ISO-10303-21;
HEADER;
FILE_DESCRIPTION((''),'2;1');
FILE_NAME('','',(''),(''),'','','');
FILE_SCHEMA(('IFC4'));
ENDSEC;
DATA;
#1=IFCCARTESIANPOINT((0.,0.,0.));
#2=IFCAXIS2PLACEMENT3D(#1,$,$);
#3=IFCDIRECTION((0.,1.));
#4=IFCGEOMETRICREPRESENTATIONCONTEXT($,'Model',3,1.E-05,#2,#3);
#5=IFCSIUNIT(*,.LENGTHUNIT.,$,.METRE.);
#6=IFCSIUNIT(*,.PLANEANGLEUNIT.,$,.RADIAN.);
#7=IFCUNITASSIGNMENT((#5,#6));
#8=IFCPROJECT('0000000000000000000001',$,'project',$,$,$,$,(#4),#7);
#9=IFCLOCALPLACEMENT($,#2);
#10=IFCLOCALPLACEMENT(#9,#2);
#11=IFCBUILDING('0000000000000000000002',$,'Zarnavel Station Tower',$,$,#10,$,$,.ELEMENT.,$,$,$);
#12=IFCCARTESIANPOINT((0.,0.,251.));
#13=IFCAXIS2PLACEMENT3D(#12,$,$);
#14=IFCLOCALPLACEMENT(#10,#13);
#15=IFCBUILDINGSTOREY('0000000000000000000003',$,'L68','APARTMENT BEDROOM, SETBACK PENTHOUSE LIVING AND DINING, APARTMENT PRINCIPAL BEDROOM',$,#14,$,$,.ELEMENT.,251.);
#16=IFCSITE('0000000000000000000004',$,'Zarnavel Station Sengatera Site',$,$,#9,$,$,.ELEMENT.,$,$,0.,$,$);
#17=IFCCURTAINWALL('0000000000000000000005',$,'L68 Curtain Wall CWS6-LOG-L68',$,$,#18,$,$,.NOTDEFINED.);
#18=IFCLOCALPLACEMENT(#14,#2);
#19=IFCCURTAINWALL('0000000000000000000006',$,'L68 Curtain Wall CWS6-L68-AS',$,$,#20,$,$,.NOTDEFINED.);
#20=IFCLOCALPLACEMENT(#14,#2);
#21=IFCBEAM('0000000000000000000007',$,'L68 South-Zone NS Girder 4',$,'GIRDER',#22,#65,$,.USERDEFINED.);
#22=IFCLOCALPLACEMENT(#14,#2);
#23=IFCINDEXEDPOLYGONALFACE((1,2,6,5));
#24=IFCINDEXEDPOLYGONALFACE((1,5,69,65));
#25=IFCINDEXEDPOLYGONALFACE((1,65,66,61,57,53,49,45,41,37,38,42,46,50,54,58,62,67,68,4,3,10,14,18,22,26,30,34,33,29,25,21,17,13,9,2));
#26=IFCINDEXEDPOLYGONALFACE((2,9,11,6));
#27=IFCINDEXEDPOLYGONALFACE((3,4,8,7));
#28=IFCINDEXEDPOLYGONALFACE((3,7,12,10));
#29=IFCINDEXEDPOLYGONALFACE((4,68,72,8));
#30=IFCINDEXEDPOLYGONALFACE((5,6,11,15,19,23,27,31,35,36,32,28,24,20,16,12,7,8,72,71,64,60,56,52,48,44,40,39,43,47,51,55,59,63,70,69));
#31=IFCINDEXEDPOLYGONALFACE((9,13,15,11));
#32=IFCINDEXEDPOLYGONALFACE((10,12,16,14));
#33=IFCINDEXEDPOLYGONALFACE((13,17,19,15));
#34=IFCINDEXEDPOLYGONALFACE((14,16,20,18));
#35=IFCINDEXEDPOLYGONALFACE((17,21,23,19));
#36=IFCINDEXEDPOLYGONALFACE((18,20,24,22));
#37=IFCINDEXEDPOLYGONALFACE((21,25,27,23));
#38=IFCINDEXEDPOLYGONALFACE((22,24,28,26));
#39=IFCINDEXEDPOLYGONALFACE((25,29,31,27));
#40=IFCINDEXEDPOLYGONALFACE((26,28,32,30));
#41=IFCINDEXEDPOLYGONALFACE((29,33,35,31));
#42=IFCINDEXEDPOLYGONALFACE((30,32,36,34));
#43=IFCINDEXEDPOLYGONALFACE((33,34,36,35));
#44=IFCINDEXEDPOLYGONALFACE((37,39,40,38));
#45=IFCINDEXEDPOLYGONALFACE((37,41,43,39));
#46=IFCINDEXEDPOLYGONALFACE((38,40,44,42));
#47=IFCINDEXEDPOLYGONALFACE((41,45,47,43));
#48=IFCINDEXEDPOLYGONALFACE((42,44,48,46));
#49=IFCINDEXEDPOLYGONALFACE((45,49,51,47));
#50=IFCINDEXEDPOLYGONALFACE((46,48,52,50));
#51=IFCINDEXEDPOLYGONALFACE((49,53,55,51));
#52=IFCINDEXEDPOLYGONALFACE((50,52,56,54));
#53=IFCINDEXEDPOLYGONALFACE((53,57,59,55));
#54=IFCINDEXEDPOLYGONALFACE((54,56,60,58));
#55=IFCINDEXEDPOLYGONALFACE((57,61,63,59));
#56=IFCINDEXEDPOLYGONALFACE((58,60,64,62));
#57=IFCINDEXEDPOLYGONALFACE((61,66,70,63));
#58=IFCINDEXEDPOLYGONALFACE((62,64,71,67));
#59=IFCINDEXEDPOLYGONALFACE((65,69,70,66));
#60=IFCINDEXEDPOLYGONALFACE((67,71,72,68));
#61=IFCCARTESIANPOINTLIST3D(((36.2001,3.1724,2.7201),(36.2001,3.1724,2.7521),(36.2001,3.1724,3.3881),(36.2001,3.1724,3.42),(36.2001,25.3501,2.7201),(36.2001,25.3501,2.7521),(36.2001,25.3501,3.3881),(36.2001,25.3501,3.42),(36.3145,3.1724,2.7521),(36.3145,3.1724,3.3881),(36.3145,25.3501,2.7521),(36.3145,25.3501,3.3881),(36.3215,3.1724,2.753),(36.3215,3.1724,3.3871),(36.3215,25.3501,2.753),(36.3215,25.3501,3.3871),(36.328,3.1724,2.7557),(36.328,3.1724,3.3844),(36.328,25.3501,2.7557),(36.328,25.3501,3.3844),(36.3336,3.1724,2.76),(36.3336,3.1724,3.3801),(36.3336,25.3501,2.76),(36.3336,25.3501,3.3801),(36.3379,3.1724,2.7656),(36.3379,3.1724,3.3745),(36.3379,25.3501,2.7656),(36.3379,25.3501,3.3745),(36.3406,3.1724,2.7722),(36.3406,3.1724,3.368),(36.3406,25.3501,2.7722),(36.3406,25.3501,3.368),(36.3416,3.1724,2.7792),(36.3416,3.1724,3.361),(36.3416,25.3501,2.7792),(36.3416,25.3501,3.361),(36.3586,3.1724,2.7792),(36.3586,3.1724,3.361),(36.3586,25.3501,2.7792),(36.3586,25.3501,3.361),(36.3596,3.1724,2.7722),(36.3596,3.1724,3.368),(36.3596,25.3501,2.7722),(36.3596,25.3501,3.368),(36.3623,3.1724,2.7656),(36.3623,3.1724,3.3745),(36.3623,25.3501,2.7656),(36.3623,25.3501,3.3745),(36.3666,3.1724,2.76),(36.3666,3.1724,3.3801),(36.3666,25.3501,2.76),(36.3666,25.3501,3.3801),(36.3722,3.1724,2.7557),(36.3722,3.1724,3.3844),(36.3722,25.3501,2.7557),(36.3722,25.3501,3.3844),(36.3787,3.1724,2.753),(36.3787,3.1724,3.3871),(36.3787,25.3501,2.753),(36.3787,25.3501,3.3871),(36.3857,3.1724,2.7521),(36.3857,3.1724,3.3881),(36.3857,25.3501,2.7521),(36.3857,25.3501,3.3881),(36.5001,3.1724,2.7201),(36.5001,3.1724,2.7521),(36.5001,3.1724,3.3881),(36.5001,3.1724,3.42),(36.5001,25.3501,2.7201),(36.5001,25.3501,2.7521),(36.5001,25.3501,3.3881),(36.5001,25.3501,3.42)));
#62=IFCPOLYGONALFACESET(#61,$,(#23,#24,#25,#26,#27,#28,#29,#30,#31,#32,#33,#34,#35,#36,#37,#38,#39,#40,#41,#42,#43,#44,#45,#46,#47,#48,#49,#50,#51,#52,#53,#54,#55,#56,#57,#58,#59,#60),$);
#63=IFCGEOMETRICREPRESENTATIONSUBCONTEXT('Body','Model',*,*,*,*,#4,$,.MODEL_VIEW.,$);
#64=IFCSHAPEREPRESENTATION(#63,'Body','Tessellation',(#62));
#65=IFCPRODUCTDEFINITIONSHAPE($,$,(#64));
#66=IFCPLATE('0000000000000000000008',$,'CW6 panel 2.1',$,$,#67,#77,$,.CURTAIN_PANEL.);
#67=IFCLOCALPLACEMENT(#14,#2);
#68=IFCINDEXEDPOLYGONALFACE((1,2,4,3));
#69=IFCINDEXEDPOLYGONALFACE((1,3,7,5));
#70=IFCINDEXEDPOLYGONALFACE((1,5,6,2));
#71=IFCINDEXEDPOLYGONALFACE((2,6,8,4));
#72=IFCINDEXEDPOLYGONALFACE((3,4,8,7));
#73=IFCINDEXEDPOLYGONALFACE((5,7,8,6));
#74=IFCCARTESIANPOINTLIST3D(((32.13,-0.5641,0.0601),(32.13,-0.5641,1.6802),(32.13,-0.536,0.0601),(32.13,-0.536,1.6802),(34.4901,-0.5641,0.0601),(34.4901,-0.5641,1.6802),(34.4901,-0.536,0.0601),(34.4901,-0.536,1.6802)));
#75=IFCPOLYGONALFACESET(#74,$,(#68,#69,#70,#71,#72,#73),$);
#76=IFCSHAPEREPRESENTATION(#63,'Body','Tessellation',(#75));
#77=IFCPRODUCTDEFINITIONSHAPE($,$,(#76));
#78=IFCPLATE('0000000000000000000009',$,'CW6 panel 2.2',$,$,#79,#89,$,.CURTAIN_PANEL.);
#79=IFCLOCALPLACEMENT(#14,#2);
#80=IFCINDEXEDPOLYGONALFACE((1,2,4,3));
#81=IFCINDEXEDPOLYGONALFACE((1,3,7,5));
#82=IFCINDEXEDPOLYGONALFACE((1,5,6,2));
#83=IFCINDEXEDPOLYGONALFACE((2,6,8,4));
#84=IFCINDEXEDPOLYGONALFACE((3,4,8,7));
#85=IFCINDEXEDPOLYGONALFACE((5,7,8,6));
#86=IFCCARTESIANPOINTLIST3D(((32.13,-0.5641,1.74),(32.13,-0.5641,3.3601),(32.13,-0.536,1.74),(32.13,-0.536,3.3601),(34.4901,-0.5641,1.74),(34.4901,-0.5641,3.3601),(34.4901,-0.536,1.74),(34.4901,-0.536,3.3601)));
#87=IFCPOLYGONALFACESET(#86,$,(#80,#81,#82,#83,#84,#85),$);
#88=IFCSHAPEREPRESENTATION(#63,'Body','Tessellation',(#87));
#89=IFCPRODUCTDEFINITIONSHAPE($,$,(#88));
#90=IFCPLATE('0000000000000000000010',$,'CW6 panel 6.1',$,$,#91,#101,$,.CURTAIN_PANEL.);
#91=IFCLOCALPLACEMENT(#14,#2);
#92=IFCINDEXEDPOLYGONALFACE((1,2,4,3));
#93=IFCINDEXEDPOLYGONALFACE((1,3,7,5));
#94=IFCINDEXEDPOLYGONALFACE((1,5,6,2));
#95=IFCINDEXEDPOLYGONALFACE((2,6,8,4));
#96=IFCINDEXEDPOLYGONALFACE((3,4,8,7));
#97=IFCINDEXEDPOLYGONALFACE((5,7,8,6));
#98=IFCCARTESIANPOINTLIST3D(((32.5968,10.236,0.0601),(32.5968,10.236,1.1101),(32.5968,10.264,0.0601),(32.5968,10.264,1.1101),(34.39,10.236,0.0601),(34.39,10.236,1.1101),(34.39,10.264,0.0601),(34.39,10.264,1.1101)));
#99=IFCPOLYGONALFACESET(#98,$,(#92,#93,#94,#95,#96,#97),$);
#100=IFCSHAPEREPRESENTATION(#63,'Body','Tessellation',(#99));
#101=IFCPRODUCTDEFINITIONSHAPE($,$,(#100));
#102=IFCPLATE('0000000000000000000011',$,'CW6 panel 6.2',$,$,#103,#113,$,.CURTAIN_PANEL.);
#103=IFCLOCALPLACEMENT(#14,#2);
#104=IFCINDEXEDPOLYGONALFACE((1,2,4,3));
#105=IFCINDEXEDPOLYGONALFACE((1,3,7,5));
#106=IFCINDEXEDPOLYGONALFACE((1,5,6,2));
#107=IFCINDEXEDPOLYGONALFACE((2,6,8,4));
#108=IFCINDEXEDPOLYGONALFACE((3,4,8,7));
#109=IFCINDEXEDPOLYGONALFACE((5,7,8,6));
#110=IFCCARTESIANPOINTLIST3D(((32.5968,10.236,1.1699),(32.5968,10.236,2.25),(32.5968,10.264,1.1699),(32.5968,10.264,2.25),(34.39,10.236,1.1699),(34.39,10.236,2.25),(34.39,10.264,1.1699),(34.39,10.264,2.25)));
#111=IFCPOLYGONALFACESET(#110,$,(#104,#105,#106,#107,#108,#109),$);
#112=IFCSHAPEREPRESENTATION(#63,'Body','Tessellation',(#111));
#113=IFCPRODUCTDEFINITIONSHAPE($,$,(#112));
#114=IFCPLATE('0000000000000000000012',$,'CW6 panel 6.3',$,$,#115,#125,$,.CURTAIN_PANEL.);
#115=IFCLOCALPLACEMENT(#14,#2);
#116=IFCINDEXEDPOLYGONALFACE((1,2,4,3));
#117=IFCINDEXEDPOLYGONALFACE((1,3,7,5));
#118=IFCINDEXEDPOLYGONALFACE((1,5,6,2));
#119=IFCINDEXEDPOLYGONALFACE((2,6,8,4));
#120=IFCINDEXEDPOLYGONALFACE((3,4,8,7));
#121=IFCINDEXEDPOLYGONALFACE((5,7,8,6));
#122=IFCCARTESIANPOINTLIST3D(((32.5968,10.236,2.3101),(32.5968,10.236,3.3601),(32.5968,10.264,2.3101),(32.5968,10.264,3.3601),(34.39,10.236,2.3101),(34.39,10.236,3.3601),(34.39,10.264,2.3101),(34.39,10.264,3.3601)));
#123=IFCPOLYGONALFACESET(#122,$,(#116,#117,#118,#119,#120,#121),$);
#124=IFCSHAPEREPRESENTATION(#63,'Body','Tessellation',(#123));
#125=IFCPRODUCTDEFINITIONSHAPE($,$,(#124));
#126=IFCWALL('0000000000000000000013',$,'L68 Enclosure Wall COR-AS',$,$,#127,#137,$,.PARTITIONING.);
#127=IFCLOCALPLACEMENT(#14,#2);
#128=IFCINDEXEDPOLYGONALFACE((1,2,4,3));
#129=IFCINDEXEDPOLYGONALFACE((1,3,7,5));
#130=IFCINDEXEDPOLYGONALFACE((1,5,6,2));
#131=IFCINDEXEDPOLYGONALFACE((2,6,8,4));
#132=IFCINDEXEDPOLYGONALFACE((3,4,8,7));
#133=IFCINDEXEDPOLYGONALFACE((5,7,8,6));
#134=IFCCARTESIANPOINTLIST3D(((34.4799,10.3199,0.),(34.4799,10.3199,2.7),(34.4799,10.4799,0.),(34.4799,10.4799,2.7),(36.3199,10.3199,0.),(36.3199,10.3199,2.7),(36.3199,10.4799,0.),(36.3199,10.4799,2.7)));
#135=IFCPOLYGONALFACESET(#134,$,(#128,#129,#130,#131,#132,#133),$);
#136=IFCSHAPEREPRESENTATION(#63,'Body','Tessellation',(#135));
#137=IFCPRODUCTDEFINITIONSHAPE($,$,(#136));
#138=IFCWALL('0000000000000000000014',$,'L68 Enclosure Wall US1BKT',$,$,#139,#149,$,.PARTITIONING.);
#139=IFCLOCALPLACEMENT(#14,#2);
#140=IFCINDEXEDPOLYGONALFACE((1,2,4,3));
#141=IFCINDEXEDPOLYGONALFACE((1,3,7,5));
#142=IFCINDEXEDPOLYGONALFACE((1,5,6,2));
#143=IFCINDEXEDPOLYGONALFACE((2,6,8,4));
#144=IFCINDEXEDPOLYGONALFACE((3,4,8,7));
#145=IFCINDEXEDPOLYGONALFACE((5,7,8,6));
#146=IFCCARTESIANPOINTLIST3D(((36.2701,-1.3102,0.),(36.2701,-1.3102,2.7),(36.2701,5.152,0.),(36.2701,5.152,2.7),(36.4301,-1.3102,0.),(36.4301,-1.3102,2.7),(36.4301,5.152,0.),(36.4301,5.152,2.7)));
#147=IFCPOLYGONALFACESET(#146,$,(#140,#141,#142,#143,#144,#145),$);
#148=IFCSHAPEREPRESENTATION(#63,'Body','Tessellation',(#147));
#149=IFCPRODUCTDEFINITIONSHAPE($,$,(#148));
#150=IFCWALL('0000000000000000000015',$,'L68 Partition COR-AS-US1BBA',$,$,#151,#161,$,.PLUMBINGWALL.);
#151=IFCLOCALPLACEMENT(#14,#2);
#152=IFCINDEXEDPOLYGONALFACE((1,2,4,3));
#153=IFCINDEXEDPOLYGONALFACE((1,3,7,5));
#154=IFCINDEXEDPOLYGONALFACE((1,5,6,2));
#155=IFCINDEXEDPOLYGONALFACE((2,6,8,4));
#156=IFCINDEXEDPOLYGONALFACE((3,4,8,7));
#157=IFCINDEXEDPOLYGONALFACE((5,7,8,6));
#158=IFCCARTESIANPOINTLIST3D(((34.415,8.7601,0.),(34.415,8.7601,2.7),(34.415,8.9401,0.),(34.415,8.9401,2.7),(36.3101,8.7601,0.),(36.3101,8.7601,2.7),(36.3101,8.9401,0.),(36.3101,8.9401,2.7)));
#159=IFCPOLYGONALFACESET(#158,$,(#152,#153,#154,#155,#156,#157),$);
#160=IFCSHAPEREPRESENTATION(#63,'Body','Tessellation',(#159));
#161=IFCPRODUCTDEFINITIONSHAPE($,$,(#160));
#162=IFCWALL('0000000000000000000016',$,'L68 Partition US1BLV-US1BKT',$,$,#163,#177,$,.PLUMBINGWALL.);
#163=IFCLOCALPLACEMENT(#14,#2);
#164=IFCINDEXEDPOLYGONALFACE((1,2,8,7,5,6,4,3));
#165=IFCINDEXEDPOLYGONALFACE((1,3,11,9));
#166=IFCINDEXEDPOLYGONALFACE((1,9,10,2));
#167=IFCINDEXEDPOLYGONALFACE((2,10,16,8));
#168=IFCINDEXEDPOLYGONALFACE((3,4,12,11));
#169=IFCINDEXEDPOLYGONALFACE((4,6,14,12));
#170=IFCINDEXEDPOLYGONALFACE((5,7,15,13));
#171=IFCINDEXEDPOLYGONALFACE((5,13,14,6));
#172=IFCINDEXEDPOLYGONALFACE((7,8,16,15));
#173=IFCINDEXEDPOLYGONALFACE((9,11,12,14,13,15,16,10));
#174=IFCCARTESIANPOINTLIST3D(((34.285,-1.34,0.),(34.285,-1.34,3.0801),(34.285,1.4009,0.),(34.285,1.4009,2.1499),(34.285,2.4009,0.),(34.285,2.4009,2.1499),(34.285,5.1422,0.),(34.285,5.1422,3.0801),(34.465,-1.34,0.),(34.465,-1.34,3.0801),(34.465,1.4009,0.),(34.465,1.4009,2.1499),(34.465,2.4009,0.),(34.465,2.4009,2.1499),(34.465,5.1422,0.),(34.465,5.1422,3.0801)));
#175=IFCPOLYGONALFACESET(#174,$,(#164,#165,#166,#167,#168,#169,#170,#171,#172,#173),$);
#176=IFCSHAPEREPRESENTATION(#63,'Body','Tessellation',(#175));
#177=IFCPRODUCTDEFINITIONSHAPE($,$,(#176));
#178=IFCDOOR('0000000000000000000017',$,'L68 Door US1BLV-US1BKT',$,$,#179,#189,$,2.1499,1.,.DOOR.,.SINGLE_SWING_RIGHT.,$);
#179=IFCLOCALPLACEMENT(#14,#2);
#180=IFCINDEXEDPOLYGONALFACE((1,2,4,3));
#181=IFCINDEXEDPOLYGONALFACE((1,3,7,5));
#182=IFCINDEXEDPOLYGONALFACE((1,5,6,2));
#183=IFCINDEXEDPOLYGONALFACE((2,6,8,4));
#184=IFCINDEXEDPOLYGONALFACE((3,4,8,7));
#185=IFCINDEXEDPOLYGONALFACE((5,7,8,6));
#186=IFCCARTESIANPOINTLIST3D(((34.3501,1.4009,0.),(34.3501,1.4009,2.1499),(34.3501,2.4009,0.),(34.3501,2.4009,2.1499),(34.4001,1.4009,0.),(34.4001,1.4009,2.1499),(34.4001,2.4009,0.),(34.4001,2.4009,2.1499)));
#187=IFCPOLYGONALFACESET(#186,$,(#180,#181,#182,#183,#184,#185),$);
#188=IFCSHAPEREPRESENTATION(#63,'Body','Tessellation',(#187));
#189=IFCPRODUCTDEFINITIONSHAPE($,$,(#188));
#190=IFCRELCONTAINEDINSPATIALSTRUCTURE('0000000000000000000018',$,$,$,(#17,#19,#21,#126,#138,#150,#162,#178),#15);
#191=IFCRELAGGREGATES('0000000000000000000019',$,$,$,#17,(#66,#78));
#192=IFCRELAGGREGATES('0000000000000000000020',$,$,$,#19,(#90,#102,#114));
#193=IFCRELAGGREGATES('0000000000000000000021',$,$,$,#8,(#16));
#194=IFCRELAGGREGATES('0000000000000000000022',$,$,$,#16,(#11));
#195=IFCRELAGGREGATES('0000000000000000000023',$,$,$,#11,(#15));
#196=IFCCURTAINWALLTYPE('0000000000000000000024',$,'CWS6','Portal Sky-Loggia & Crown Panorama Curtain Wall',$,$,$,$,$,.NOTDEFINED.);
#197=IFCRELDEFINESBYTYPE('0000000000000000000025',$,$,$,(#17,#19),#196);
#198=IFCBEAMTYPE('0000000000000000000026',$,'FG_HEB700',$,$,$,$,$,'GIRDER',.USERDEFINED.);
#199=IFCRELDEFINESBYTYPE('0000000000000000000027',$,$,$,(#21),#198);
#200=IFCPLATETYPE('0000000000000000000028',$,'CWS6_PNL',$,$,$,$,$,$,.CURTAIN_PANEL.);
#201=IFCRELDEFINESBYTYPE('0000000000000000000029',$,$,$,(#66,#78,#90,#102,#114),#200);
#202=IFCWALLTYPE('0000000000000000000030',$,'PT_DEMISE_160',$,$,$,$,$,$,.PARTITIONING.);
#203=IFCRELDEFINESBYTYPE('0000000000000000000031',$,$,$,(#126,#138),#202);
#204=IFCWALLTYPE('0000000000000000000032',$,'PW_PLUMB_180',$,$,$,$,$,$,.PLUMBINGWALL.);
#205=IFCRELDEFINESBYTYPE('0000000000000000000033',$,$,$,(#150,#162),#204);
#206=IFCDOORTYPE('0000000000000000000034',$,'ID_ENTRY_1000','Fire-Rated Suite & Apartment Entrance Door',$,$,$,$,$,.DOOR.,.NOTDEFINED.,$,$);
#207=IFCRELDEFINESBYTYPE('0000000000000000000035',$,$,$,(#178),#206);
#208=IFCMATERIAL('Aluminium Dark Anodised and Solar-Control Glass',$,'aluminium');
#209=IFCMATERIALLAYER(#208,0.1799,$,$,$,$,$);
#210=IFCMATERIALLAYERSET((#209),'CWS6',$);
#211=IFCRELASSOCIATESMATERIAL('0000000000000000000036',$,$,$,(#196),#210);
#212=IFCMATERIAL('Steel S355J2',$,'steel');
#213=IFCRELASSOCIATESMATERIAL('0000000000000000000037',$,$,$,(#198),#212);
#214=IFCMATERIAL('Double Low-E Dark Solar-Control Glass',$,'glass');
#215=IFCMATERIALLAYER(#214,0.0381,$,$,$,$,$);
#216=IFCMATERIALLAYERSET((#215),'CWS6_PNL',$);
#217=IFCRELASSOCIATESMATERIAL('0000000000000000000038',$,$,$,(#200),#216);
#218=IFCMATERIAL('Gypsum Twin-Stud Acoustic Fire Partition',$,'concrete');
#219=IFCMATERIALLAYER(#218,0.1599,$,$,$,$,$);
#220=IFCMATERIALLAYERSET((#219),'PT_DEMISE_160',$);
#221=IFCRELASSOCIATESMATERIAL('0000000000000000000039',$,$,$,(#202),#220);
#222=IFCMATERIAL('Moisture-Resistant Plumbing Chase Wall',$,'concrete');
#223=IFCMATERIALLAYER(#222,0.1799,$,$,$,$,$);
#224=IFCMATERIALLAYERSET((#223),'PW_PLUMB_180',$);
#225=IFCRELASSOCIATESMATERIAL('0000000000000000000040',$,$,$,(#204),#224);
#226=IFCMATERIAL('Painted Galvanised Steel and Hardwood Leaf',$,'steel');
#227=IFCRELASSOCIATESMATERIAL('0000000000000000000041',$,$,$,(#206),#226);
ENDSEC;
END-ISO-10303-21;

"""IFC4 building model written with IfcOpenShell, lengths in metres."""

from ifc_helpers import new_model, si_unit, direction, frame, frame_2d, origin, origin_2d, place, context, subcontext, project, spatial, rectangle, i_section, extrude, material, layer, layer_set, material_profile, profile_set, type_object, element, fill, aggregate, save


model = new_model("IFC4")

# Units and contexts
model_context = context("Model", 3, precision=1e-05, world=origin(), true_north=direction((0.0, 1.0)))
body_context = subcontext(model_context, "Body", "Model", "MODEL_VIEW")
ifc_project = project(units=[si_unit("LENGTHUNIT", "METRE"), si_unit("PLANEANGLEUNIT", "RADIAN")], contexts=[model_context])

# Site, building, storey
site_placement = place(None, origin())
site = spatial("IfcSite", under=ifc_project, at=site_placement, Name="Zarnavel Station Sengatera Site", CompositionType="ELEMENT", RefElevation=0.0)
building_placement = place(site_placement, origin())
building = spatial("IfcBuilding", under=site, at=building_placement, Name="Zarnavel Station Tower", CompositionType="ELEMENT")
storey_placement = place(building_placement, frame((0.0, 0.0, 251.0)))
storey = spatial("IfcBuildingStorey", under=building, at=storey_placement, Name="L68", Description="APARTMENT BEDROOM, SETBACK PENTHOUSE LIVING AND DINING, APARTMENT PRINCIPAL BEDROOM", CompositionType="ELEMENT", Elevation=251.0)

# Curtain wall
ifc_material_1 = material(Name="Aluminium Dark Anodised and Solar-Control Glass", Category="aluminium")
ifc_layer_1 = layer(ifc_material_1, 0.1799)
ifc_layer_set_1 = layer_set([ifc_layer_1], Name="CWS6")
curtain_wall_type = type_object("IfcCurtainWallType", Name="CWS6", Description="Portal Sky-Loggia & Crown Panorama Curtain Wall", PredefinedType="NOTDEFINED", material=ifc_layer_set_1)
curtain_wall_1_placement = place(storey_placement, origin())
curtain_wall_1 = element("IfcCurtainWall", 1, at=curtain_wall_1_placement, inside=storey, type_object=curtain_wall_type, Name="L68 Curtain Wall CWS6-LOG-L68", PredefinedType="NOTDEFINED")

# Curtain wall
curtain_wall_2_placement = place(storey_placement, origin())
curtain_wall_2 = element("IfcCurtainWall", 2, at=curtain_wall_2_placement, inside=storey, type_object=curtain_wall_type, Name="L68 Curtain Wall CWS6-L68-AS", PredefinedType="NOTDEFINED")

# Beam
ifc_material_2 = material(Name="Steel S355J2", Category="steel")
ifc_material_profile_1 = material_profile(ifc_material_2, i_section(OverallWidth=0.3, OverallDepth=0.7, WebThickness=0.0171, FlangeThickness=0.032, FilletRadius=0.0271, at=origin_2d()), Name="HEB700")
ifc_profile_set_1 = profile_set([ifc_material_profile_1], Name="Steel S355J2")
beam_type_1 = type_object("IfcBeamType", Name="FG_HEB700", ElementType="GIRDER", PredefinedType="USERDEFINED", material=ifc_profile_set_1)
beam_1_placement = place(storey_placement, frame((36.3501, 3.1724, 3.0701), z_axis=(0.0, 1.0, 0.0), x_axis=(-1.0, 0.0, 0.0)))
element("IfcBeam", 3, at=beam_1_placement, inside=storey, type_object=beam_type_1, Name="L68 South-Zone NS Girder 4", ObjectType="GIRDER", PredefinedType="USERDEFINED", context=body_context, shape_type="SweptSolid", body=[
    extrude(i_section(OverallWidth=0.3, OverallDepth=0.7, WebThickness=0.0171, FlangeThickness=0.032, FilletRadius=0.0271, at=origin_2d()), origin(), (0.0, 0.0, 1.0), 22.1777),
])

# Plates
ifc_material_3 = material(Name="Double Low-E Dark Solar-Control Glass", Category="glass")
ifc_layer_2 = layer(ifc_material_3, 0.0381)
ifc_layer_set_2 = layer_set([ifc_layer_2], Name="CWS6_PNL")
plate_type = type_object("IfcPlateType", Name="CWS6_PNL", PredefinedType="CURTAIN_PANEL", material=ifc_layer_set_2)
plate_1_placement = place(storey_placement, frame((33.3101, -0.55, 0.0601), z_axis=(0.0, 0.0, 1.0), x_axis=(1.0, 0.0, 0.0)))
plate_1 = element("IfcPlate", 4, at=plate_1_placement, type_object=plate_type, Name="CW6 panel 2.1", PredefinedType="CURTAIN_PANEL", context=body_context, shape_type="SweptSolid", body=[
    extrude(rectangle(XDim=2.3601, YDim=0.0281, at=origin_2d()), origin(), (0.0, 0.0, 1.0), 1.6201),
])
plate_2_placement = place(storey_placement, frame((33.3101, -0.55, 1.74), z_axis=(0.0, 0.0, 1.0), x_axis=(1.0, 0.0, 0.0)))
plate_2 = element("IfcPlate", 5, at=plate_2_placement, type_object=plate_type, Name="CW6 panel 2.2", PredefinedType="CURTAIN_PANEL", context=body_context, shape_type="SweptSolid", body=[
    extrude(rectangle(XDim=2.3601, YDim=0.0281, at=origin_2d()), origin(), (0.0, 0.0, 1.0), 1.6201),
])
aggregate(curtain_wall_1, [plate_1, plate_2])
plate_3_placement = place(storey_placement, frame((33.4934, 10.25, 0.0601), z_axis=(0.0, 0.0, 1.0), x_axis=(1.0, 0.0, 0.0)))
plate_3 = element("IfcPlate", 6, at=plate_3_placement, type_object=plate_type, Name="CW6 panel 6.1", PredefinedType="CURTAIN_PANEL", context=body_context, shape_type="SweptSolid", body=[
    extrude(rectangle(XDim=1.7932, YDim=0.0281, at=origin_2d()), origin(), (0.0, 0.0, 1.0), 1.05),
])
plate_4_placement = place(storey_placement, frame((33.4934, 10.25, 1.1699), z_axis=(0.0, 0.0, 1.0), x_axis=(1.0, 0.0, 0.0)))
plate_4 = element("IfcPlate", 7, at=plate_4_placement, type_object=plate_type, Name="CW6 panel 6.2", PredefinedType="CURTAIN_PANEL", context=body_context, shape_type="SweptSolid", body=[
    extrude(rectangle(XDim=1.7932, YDim=0.0281, at=origin_2d()), origin(), (0.0, 0.0, 1.0), 1.0801),
])
plate_5_placement = place(storey_placement, frame((33.4934, 10.25, 2.3101), z_axis=(0.0, 0.0, 1.0), x_axis=(1.0, 0.0, 0.0)))
plate_5 = element("IfcPlate", 8, at=plate_5_placement, type_object=plate_type, Name="CW6 panel 6.3", PredefinedType="CURTAIN_PANEL", context=body_context, shape_type="SweptSolid", body=[
    extrude(rectangle(XDim=1.7932, YDim=0.0281, at=origin_2d()), origin(), (0.0, 0.0, 1.0), 1.05),
])
aggregate(curtain_wall_2, [plate_3, plate_4, plate_5])

# Walls
ifc_material_4 = material(Name="Gypsum Twin-Stud Acoustic Fire Partition", Category="concrete")
ifc_layer_3 = layer(ifc_material_4, 0.1599)
ifc_layer_set_3 = layer_set([ifc_layer_3], Name="PT_DEMISE_160")
wall_type_1 = type_object("IfcWallType", Name="PT_DEMISE_160", PredefinedType="PARTITIONING", material=ifc_layer_set_3)
wall_1_placement = place(storey_placement, frame((34.48, 10.3999, 0.0), z_axis=(0.0, 0.0, 1.0), x_axis=(1.0, 0.0, 0.0)))
element("IfcWall", 9, at=wall_1_placement, inside=storey, type_object=wall_type_1, Name="L68 Enclosure Wall COR-AS", PredefinedType="PARTITIONING", context=body_context, shape_type="SweptSolid", body=[
    extrude(rectangle(XDim=1.8401, YDim=0.1599, at=frame_2d((0.9199, 0.0))), origin(), (0.0, 0.0, 1.0), 2.7),
])
wall_2_placement = place(storey_placement, frame((36.3501, -1.3101, 0.0), z_axis=(0.0, 0.0, 1.0), x_axis=(0.0, 1.0, 0.0)))
element("IfcWall", 10, at=wall_2_placement, inside=storey, type_object=wall_type_1, Name="L68 Enclosure Wall US1BKT", PredefinedType="PARTITIONING", context=body_context, shape_type="SweptSolid", body=[
    extrude(rectangle(XDim=6.4622, YDim=0.1599, at=frame_2d((3.231, 0.0))), origin(), (0.0, 0.0, 1.0), 2.7),
])
ifc_material_5 = material(Name="Moisture-Resistant Plumbing Chase Wall", Category="concrete")
ifc_layer_4 = layer(ifc_material_5, 0.1799)
ifc_layer_set_4 = layer_set([ifc_layer_4], Name="PW_PLUMB_180")
wall_type_2 = type_object("IfcWallType", Name="PW_PLUMB_180", PredefinedType="PLUMBINGWALL", material=ifc_layer_set_4)
wall_3_placement = place(storey_placement, frame((34.415, 8.8501, 0.0), z_axis=(0.0, 0.0, 1.0), x_axis=(1.0, 0.0, 0.0)))
element("IfcWall", 11, at=wall_3_placement, inside=storey, type_object=wall_type_2, Name="L68 Partition COR-AS-US1BBA", PredefinedType="PLUMBINGWALL", context=body_context, shape_type="SweptSolid", body=[
    extrude(rectangle(XDim=1.895, YDim=0.1799, at=frame_2d((0.9475, 0.0))), origin(), (0.0, 0.0, 1.0), 2.7),
])

# Wall, opening, door
wall_4_placement = place(storey_placement, frame((34.375, -1.3401, 0.0), z_axis=(0.0, 0.0, 1.0), x_axis=(0.0, 1.0, 0.0)))
wall_4 = element("IfcWall", 12, at=wall_4_placement, inside=storey, type_object=wall_type_2, Name="L68 Partition US1BLV-US1BKT", PredefinedType="PLUMBINGWALL", context=body_context, shape_type="SweptSolid", body=[
    extrude(rectangle(XDim=6.4822, YDim=0.1799, at=frame_2d((3.2412, 0.0))), origin(), (0.0, 0.0, 1.0), 3.0801),
])
opening_1_placement = place(wall_4_placement, frame((2.741, 0.0, 0.0)))
opening_1 = element("IfcOpeningElement", 13, at=opening_1_placement, cuts=wall_4, PredefinedType="OPENING", context=body_context, shape_type="SweptSolid", body=[
    extrude(rectangle(XDim=1.0, YDim=2.1499, at=frame_2d((0.5, 1.075))), frame((0.0, 0.0999, 0.0), z_axis=(0.0, -1.0, 0.0), x_axis=(1.0, 0.0, 0.0)), (0.0, 0.0, 1.0), 0.2),
])
ifc_material_6 = material(Name="Painted Galvanised Steel and Hardwood Leaf", Category="steel")
door_type_1 = type_object("IfcDoorType", Name="ID_ENTRY_1000", Description="Fire-Rated Suite & Apartment Entrance Door", OperationType="NOTDEFINED", PredefinedType="DOOR", material=ifc_material_6)
door_1_placement = place(opening_1_placement, origin())
door_1 = element("IfcDoor", 14, at=door_1_placement, inside=storey, type_object=door_type_1, Name="L68 Door US1BLV-US1BKT", OperationType="SINGLE_SWING_RIGHT", OverallHeight=2.1499, OverallWidth=1.0, PredefinedType="DOOR", context=body_context, shape_type="SweptSolid", body=[
    extrude(rectangle(XDim=1.0, YDim=2.1499, at=frame_2d((0.5, 1.075))), frame((0.0, 0.0249, 0.0), z_axis=(0.0, -1.0, 0.0), x_axis=(1.0, 0.0, 0.0)), (0.0, 0.0, 1.0), 0.05),
])
fill(opening_1, door_1)

save(model, "model.ifc")
